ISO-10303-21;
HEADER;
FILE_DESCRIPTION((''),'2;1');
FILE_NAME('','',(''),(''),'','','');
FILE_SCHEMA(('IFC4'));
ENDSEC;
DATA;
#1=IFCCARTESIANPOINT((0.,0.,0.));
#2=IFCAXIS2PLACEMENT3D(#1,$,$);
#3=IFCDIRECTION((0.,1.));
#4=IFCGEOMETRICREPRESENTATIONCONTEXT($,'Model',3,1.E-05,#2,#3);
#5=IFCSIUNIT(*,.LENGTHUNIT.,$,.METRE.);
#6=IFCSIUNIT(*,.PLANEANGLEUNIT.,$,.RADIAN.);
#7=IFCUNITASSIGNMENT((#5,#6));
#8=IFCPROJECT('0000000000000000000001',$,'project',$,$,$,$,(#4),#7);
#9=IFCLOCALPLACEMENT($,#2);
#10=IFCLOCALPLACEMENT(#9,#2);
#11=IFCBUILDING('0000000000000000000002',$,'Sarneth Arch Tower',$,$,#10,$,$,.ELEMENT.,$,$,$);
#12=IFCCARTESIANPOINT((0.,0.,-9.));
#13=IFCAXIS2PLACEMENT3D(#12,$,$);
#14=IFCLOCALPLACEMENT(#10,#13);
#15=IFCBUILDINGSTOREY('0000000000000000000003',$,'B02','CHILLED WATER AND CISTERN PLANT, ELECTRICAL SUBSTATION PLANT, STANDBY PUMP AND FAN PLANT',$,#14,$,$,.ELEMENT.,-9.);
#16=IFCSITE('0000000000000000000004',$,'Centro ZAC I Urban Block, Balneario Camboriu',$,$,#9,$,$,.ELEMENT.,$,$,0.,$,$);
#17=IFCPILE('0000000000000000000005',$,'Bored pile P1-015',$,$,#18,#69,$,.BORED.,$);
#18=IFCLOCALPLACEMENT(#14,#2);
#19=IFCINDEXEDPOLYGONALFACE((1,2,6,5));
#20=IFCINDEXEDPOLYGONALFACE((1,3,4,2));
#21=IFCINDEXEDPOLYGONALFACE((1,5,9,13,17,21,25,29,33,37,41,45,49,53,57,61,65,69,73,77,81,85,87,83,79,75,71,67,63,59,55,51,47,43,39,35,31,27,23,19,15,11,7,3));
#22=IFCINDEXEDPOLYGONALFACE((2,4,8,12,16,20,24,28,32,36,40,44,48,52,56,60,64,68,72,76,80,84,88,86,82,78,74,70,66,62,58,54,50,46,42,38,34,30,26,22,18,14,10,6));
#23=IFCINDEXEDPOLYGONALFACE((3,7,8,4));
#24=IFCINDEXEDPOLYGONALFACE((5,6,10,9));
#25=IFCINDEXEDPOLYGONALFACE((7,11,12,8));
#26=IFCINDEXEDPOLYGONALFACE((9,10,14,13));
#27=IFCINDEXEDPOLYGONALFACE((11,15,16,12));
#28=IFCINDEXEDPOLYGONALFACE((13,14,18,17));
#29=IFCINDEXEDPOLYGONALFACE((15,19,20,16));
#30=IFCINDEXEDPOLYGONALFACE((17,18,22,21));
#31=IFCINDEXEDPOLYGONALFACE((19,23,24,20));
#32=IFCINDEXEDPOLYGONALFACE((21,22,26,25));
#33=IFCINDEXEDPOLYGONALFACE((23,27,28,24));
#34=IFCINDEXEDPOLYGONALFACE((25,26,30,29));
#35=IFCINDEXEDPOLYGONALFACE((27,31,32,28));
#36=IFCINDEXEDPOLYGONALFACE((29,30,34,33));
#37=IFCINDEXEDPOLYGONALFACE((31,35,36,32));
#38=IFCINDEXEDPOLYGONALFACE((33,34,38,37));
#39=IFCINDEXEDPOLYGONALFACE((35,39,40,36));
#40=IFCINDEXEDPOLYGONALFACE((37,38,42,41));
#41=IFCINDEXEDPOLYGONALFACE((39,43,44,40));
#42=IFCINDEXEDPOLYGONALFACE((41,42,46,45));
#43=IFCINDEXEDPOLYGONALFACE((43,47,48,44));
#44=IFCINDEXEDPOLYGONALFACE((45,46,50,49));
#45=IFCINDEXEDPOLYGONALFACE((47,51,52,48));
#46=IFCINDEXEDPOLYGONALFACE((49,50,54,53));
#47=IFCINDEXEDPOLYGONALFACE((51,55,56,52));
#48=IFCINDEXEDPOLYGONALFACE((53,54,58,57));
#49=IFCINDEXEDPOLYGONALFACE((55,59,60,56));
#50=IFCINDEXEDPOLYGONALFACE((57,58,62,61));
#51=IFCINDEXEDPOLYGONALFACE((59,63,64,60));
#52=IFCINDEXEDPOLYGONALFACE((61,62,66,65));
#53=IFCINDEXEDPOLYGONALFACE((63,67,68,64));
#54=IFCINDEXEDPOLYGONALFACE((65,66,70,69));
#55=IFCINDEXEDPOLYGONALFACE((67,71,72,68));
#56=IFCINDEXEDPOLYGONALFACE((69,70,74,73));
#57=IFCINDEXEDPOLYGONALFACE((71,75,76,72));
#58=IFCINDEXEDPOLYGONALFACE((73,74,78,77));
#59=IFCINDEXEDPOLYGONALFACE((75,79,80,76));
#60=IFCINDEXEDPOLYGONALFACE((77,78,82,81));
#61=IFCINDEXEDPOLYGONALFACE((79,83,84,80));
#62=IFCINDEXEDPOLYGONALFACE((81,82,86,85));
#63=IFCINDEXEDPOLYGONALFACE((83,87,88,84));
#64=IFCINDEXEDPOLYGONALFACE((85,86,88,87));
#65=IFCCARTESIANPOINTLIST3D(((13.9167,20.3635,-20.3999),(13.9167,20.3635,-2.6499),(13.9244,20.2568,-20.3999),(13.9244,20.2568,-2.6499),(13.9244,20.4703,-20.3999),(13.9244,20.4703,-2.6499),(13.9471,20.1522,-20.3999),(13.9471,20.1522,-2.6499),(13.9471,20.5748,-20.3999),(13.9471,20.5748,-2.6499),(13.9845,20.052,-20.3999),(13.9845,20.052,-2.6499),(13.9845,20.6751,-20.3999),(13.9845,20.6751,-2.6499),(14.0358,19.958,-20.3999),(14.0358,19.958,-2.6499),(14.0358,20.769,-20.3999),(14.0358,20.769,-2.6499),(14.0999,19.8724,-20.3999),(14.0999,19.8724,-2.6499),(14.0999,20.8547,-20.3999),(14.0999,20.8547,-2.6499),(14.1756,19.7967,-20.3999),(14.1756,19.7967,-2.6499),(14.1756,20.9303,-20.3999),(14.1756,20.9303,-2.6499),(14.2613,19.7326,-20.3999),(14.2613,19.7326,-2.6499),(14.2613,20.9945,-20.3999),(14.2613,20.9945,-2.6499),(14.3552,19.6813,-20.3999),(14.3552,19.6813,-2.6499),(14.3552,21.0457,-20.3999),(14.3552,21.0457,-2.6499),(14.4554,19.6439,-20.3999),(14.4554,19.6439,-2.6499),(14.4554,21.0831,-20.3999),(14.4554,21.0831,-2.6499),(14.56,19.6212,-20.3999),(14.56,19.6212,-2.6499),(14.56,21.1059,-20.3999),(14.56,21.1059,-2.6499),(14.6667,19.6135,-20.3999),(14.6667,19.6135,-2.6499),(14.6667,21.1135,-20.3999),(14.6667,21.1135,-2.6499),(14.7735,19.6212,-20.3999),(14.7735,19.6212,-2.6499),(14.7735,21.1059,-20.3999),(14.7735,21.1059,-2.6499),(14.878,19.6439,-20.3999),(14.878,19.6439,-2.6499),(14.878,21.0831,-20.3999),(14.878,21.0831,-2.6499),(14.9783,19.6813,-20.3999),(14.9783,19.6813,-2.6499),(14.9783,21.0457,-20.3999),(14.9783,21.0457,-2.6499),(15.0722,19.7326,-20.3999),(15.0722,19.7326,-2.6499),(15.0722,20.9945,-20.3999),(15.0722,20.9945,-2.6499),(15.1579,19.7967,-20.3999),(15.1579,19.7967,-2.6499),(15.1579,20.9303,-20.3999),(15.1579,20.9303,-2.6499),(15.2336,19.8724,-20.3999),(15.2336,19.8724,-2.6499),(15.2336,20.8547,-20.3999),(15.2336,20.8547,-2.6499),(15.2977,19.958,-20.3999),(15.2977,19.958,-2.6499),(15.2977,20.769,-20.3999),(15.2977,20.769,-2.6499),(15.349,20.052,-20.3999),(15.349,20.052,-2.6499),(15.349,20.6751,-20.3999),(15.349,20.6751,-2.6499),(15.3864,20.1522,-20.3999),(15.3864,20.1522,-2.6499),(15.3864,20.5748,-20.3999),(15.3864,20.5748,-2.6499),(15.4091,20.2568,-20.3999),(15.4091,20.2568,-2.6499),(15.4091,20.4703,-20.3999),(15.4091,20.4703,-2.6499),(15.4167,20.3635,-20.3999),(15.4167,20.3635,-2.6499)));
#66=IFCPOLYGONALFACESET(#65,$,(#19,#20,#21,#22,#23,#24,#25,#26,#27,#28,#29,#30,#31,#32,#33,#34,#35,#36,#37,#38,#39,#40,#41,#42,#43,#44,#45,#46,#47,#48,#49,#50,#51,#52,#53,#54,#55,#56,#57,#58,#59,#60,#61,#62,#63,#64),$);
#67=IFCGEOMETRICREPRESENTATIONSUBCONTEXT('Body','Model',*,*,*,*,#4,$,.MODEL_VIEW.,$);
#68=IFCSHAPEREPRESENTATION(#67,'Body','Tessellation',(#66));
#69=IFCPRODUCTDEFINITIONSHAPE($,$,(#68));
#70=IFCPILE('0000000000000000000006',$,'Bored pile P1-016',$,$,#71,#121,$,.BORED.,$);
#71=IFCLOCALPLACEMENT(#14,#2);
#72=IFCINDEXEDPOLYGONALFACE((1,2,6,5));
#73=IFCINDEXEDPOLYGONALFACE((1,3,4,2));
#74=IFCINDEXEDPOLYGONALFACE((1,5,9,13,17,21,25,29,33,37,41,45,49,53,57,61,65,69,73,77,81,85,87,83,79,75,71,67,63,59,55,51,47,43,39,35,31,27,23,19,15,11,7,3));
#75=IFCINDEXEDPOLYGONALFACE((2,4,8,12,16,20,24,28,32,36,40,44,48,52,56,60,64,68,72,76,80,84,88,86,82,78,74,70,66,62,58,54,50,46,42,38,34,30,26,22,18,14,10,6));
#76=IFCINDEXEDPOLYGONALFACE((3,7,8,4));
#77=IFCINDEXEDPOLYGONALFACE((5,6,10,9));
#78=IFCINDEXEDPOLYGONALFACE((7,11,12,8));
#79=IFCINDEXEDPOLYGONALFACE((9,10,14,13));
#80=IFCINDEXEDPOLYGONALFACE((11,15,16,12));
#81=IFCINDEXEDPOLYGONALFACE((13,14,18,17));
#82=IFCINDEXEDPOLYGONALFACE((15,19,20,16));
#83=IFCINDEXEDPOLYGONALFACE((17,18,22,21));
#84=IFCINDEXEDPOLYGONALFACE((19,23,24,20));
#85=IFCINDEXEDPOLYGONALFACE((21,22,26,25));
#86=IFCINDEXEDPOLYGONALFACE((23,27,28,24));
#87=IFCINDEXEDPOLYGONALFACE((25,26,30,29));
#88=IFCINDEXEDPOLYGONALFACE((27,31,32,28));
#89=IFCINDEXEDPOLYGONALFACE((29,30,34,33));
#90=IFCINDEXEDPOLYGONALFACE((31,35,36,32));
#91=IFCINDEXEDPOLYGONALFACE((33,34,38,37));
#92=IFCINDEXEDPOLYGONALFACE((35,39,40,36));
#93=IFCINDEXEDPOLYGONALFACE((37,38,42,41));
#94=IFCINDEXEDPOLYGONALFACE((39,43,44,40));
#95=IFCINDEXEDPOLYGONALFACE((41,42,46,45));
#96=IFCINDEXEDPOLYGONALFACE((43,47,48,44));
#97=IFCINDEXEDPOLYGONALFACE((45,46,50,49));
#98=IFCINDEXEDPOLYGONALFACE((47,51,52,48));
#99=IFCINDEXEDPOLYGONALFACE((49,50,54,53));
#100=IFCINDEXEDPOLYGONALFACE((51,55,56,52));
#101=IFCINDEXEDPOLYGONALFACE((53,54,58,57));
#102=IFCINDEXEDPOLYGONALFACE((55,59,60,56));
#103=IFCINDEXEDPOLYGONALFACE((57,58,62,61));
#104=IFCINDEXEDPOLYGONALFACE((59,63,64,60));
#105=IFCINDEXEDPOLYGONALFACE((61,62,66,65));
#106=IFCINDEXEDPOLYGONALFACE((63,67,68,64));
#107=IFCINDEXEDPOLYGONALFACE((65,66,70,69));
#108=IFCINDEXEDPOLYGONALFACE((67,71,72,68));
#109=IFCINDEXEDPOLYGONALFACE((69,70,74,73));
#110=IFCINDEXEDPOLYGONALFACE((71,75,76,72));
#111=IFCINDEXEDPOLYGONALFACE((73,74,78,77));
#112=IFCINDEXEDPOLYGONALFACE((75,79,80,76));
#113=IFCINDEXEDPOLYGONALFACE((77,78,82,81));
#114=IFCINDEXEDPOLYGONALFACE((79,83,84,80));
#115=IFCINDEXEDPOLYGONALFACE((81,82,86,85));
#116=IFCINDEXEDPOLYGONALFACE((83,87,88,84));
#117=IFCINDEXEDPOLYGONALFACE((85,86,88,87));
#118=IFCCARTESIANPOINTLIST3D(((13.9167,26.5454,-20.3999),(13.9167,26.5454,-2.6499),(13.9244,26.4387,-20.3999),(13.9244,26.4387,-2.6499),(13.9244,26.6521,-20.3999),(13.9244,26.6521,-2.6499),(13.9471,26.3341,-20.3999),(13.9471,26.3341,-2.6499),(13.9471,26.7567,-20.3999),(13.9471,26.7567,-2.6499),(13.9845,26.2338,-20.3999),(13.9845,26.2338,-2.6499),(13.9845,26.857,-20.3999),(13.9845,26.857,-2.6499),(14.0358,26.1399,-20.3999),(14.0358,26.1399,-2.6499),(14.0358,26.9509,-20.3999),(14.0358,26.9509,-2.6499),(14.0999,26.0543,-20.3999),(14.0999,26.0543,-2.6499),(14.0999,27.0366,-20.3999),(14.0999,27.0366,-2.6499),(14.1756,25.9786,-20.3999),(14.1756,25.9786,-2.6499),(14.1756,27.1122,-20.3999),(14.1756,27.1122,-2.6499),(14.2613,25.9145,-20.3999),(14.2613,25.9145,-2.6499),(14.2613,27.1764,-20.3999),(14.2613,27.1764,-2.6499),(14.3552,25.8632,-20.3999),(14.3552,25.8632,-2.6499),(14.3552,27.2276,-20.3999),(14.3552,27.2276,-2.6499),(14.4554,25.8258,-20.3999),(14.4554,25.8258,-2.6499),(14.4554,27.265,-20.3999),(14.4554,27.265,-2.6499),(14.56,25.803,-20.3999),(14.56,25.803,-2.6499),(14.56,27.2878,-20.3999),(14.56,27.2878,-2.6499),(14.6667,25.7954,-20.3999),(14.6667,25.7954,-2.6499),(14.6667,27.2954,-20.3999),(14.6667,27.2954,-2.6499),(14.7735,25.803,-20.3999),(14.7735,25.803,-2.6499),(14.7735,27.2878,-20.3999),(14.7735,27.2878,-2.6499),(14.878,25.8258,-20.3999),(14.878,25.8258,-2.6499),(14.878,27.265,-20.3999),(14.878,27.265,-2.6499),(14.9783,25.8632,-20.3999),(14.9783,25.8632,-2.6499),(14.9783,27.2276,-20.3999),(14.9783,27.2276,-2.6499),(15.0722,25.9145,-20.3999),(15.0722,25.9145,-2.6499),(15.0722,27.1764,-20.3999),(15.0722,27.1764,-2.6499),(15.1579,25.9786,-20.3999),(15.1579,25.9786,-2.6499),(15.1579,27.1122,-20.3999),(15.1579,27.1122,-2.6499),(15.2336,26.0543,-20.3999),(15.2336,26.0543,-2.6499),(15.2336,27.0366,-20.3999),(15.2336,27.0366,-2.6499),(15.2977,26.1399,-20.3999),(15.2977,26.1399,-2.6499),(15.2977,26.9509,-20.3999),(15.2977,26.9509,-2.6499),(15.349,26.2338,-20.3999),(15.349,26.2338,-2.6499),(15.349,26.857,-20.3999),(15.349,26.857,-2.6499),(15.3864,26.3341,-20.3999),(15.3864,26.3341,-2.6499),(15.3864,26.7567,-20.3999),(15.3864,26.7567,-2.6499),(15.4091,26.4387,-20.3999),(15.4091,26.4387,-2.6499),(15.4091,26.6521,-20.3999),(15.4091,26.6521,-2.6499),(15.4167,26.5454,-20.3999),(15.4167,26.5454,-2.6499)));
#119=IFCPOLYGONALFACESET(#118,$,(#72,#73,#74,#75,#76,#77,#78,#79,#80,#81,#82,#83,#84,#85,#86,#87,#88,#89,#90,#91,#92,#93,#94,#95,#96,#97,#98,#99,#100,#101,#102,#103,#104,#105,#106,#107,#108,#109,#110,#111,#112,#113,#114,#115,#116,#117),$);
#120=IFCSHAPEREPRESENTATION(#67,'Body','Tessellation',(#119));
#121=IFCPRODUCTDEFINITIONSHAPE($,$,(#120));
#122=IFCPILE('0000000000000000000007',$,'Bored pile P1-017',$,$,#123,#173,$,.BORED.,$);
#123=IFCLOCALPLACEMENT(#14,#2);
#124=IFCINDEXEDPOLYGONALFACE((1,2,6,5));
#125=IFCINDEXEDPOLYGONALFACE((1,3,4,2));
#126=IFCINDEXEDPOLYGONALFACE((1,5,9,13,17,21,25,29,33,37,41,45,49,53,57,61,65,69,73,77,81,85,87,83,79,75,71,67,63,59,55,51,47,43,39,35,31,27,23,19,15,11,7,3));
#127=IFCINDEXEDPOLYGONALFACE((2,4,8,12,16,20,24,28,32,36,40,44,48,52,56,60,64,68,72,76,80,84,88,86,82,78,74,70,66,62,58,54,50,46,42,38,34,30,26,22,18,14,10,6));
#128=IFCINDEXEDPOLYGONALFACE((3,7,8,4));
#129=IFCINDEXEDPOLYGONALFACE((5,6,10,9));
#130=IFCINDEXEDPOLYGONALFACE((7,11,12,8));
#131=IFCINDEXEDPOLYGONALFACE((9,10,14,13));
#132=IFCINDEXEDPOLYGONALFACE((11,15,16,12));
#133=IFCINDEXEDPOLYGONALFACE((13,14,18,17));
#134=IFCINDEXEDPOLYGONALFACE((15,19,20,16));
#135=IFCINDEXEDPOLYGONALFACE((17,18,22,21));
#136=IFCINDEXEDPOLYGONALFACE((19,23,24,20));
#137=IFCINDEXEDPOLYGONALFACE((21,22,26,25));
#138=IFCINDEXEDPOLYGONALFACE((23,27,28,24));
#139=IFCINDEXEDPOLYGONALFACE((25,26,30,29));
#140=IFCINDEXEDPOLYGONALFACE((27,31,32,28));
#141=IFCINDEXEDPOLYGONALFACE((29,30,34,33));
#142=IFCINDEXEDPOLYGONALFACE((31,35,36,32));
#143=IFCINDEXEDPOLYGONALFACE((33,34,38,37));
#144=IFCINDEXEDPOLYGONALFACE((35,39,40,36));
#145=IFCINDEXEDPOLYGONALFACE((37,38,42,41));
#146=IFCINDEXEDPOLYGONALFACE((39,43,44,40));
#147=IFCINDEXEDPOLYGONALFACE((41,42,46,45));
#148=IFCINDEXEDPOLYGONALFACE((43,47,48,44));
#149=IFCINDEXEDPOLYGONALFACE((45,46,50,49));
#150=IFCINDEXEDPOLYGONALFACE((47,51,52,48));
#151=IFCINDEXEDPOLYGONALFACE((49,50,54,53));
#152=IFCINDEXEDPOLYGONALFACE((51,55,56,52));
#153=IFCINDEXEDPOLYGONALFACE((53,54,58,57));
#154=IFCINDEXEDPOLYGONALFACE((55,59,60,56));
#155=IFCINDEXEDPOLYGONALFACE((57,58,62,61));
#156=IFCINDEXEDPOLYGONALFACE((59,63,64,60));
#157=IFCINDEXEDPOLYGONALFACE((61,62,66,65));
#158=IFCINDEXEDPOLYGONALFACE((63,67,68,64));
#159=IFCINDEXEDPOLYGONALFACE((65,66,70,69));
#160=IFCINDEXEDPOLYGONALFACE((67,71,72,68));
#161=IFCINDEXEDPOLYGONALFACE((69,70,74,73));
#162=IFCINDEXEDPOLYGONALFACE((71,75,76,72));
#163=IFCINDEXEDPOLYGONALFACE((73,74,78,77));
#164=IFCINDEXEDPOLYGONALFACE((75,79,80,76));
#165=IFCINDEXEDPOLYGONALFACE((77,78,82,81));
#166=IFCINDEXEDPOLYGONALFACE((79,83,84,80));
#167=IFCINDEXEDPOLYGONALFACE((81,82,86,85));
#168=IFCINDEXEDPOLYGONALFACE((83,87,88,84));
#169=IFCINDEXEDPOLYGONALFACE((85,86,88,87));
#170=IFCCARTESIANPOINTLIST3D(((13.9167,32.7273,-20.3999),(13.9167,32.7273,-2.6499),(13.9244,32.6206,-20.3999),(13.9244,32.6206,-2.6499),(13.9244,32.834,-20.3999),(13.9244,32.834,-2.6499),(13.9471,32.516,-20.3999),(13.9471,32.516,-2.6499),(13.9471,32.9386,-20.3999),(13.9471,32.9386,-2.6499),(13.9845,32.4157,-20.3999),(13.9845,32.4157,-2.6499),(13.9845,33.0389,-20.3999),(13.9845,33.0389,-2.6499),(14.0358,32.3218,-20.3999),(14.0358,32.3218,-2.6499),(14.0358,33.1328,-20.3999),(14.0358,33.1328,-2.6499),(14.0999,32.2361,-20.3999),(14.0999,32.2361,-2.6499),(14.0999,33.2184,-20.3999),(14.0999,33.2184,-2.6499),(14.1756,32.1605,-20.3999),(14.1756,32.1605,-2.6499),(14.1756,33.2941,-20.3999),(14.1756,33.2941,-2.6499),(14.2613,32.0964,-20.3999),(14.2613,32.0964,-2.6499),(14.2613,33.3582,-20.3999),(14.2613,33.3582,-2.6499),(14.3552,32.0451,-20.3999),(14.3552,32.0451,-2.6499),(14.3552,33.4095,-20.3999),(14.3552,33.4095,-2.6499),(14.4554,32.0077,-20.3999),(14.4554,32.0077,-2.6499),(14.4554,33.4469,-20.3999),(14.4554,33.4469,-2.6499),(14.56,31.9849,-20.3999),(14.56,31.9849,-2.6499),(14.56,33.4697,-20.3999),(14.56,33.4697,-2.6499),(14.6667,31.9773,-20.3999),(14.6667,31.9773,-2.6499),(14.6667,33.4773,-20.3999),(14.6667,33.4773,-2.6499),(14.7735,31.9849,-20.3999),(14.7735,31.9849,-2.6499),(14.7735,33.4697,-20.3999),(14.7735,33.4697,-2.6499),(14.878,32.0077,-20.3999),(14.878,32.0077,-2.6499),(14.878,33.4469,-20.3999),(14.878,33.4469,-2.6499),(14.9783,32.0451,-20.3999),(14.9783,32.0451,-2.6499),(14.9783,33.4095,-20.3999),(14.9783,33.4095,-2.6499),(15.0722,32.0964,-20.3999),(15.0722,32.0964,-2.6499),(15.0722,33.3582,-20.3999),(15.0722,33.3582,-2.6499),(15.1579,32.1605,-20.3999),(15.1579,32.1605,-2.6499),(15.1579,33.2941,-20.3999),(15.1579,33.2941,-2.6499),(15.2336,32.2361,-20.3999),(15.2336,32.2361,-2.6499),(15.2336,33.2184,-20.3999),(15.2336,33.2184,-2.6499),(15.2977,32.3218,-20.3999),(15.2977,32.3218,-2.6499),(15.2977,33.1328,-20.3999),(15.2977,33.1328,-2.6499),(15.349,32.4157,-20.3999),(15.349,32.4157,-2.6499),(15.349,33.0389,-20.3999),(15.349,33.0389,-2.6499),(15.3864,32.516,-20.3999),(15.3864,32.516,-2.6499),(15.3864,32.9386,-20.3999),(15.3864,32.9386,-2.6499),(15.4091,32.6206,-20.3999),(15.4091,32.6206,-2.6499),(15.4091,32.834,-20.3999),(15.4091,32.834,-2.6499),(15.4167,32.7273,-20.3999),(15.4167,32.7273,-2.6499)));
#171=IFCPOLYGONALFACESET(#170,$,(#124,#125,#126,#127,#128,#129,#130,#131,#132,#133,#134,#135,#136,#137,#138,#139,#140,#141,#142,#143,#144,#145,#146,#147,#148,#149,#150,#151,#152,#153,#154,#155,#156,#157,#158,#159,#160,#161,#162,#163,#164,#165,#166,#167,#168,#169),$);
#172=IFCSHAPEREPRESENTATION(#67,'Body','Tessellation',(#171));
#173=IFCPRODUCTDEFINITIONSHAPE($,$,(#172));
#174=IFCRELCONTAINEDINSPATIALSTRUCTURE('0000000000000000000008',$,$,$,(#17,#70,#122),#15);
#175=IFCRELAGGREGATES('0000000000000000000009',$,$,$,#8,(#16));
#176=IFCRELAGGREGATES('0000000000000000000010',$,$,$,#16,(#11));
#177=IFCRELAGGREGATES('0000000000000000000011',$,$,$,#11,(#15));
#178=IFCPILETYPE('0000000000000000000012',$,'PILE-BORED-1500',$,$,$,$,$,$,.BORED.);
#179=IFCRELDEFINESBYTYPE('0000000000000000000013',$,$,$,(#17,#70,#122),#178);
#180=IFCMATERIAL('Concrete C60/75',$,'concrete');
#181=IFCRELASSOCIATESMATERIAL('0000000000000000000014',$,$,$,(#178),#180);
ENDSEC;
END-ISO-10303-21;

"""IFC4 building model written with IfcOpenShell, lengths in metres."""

from ifc_helpers import new_model, si_unit, direction, frame, origin, origin_2d, place, context, subcontext, project, spatial, circle, extrude, material, material_profile, profile_set, type_object, element, save


model = new_model("IFC4")

# Units and contexts
model_context = context("Model", 3, precision=1e-05, world=origin(), true_north=direction((0.0, 1.0)))
body_context = subcontext(model_context, "Body", "Model", "MODEL_VIEW")
ifc_project = project(units=[si_unit("LENGTHUNIT", "METRE"), si_unit("PLANEANGLEUNIT", "RADIAN")], contexts=[model_context])

# Site, building, storey
site_placement = place(None, origin())
site = spatial("IfcSite", under=ifc_project, at=site_placement, Name="Centro ZAC I Urban Block, Balneario Camboriu", CompositionType="ELEMENT", RefElevation=0.0)
building_placement = place(site_placement, origin())
building = spatial("IfcBuilding", under=site, at=building_placement, Name="Sarneth Arch Tower", CompositionType="ELEMENT")
storey_placement = place(building_placement, frame((0.0, 0.0, -9.0)))
storey = spatial("IfcBuildingStorey", under=building, at=storey_placement, Name="B02", Description="CHILLED WATER AND CISTERN PLANT, ELECTRICAL SUBSTATION PLANT, STANDBY PUMP AND FAN PLANT", CompositionType="ELEMENT", Elevation=-9.0)

# Piles
ifc_material_1 = material(Name="Concrete C60/75", Category="concrete")
ifc_material_profile_1 = material_profile(ifc_material_1, circle(Radius=0.75, at=origin_2d()), Name="PILE-D1500")
ifc_profile_set_1 = profile_set([ifc_material_profile_1], Name="Concrete C60/75")
pile_type_1 = type_object("IfcPileType", Name="PILE-BORED-1500", PredefinedType="BORED", material=ifc_profile_set_1)
for number, where, z_axis, x_axis, name in (
    (1, (14.6667, 20.3635, -2.6499), (0.0, 0.0, -1.0), (1.0, 0.0, 0.0), "Bored pile P1-015"),
    (2, (14.6667, 26.5454, -2.6499), (0.0, 0.0, -1.0), (1.0, 0.0, 0.0), "Bored pile P1-016"),
    (3, (14.6667, 32.7273, -2.6499), (0.0, 0.0, -1.0), (1.0, 0.0, 0.0), "Bored pile P1-017"),
):
    element("IfcPile", number, at=place(storey_placement, frame(where, z_axis=z_axis, x_axis=x_axis)), inside=storey, type_object=pile_type_1, Name=name, PredefinedType="BORED", context=body_context, shape_type="SweptSolid", body=[
        extrude(circle(Radius=0.75, at=origin_2d()), origin(), (0.0, 0.0, 1.0), 17.75),
    ])

save(model, "model.ifc")
